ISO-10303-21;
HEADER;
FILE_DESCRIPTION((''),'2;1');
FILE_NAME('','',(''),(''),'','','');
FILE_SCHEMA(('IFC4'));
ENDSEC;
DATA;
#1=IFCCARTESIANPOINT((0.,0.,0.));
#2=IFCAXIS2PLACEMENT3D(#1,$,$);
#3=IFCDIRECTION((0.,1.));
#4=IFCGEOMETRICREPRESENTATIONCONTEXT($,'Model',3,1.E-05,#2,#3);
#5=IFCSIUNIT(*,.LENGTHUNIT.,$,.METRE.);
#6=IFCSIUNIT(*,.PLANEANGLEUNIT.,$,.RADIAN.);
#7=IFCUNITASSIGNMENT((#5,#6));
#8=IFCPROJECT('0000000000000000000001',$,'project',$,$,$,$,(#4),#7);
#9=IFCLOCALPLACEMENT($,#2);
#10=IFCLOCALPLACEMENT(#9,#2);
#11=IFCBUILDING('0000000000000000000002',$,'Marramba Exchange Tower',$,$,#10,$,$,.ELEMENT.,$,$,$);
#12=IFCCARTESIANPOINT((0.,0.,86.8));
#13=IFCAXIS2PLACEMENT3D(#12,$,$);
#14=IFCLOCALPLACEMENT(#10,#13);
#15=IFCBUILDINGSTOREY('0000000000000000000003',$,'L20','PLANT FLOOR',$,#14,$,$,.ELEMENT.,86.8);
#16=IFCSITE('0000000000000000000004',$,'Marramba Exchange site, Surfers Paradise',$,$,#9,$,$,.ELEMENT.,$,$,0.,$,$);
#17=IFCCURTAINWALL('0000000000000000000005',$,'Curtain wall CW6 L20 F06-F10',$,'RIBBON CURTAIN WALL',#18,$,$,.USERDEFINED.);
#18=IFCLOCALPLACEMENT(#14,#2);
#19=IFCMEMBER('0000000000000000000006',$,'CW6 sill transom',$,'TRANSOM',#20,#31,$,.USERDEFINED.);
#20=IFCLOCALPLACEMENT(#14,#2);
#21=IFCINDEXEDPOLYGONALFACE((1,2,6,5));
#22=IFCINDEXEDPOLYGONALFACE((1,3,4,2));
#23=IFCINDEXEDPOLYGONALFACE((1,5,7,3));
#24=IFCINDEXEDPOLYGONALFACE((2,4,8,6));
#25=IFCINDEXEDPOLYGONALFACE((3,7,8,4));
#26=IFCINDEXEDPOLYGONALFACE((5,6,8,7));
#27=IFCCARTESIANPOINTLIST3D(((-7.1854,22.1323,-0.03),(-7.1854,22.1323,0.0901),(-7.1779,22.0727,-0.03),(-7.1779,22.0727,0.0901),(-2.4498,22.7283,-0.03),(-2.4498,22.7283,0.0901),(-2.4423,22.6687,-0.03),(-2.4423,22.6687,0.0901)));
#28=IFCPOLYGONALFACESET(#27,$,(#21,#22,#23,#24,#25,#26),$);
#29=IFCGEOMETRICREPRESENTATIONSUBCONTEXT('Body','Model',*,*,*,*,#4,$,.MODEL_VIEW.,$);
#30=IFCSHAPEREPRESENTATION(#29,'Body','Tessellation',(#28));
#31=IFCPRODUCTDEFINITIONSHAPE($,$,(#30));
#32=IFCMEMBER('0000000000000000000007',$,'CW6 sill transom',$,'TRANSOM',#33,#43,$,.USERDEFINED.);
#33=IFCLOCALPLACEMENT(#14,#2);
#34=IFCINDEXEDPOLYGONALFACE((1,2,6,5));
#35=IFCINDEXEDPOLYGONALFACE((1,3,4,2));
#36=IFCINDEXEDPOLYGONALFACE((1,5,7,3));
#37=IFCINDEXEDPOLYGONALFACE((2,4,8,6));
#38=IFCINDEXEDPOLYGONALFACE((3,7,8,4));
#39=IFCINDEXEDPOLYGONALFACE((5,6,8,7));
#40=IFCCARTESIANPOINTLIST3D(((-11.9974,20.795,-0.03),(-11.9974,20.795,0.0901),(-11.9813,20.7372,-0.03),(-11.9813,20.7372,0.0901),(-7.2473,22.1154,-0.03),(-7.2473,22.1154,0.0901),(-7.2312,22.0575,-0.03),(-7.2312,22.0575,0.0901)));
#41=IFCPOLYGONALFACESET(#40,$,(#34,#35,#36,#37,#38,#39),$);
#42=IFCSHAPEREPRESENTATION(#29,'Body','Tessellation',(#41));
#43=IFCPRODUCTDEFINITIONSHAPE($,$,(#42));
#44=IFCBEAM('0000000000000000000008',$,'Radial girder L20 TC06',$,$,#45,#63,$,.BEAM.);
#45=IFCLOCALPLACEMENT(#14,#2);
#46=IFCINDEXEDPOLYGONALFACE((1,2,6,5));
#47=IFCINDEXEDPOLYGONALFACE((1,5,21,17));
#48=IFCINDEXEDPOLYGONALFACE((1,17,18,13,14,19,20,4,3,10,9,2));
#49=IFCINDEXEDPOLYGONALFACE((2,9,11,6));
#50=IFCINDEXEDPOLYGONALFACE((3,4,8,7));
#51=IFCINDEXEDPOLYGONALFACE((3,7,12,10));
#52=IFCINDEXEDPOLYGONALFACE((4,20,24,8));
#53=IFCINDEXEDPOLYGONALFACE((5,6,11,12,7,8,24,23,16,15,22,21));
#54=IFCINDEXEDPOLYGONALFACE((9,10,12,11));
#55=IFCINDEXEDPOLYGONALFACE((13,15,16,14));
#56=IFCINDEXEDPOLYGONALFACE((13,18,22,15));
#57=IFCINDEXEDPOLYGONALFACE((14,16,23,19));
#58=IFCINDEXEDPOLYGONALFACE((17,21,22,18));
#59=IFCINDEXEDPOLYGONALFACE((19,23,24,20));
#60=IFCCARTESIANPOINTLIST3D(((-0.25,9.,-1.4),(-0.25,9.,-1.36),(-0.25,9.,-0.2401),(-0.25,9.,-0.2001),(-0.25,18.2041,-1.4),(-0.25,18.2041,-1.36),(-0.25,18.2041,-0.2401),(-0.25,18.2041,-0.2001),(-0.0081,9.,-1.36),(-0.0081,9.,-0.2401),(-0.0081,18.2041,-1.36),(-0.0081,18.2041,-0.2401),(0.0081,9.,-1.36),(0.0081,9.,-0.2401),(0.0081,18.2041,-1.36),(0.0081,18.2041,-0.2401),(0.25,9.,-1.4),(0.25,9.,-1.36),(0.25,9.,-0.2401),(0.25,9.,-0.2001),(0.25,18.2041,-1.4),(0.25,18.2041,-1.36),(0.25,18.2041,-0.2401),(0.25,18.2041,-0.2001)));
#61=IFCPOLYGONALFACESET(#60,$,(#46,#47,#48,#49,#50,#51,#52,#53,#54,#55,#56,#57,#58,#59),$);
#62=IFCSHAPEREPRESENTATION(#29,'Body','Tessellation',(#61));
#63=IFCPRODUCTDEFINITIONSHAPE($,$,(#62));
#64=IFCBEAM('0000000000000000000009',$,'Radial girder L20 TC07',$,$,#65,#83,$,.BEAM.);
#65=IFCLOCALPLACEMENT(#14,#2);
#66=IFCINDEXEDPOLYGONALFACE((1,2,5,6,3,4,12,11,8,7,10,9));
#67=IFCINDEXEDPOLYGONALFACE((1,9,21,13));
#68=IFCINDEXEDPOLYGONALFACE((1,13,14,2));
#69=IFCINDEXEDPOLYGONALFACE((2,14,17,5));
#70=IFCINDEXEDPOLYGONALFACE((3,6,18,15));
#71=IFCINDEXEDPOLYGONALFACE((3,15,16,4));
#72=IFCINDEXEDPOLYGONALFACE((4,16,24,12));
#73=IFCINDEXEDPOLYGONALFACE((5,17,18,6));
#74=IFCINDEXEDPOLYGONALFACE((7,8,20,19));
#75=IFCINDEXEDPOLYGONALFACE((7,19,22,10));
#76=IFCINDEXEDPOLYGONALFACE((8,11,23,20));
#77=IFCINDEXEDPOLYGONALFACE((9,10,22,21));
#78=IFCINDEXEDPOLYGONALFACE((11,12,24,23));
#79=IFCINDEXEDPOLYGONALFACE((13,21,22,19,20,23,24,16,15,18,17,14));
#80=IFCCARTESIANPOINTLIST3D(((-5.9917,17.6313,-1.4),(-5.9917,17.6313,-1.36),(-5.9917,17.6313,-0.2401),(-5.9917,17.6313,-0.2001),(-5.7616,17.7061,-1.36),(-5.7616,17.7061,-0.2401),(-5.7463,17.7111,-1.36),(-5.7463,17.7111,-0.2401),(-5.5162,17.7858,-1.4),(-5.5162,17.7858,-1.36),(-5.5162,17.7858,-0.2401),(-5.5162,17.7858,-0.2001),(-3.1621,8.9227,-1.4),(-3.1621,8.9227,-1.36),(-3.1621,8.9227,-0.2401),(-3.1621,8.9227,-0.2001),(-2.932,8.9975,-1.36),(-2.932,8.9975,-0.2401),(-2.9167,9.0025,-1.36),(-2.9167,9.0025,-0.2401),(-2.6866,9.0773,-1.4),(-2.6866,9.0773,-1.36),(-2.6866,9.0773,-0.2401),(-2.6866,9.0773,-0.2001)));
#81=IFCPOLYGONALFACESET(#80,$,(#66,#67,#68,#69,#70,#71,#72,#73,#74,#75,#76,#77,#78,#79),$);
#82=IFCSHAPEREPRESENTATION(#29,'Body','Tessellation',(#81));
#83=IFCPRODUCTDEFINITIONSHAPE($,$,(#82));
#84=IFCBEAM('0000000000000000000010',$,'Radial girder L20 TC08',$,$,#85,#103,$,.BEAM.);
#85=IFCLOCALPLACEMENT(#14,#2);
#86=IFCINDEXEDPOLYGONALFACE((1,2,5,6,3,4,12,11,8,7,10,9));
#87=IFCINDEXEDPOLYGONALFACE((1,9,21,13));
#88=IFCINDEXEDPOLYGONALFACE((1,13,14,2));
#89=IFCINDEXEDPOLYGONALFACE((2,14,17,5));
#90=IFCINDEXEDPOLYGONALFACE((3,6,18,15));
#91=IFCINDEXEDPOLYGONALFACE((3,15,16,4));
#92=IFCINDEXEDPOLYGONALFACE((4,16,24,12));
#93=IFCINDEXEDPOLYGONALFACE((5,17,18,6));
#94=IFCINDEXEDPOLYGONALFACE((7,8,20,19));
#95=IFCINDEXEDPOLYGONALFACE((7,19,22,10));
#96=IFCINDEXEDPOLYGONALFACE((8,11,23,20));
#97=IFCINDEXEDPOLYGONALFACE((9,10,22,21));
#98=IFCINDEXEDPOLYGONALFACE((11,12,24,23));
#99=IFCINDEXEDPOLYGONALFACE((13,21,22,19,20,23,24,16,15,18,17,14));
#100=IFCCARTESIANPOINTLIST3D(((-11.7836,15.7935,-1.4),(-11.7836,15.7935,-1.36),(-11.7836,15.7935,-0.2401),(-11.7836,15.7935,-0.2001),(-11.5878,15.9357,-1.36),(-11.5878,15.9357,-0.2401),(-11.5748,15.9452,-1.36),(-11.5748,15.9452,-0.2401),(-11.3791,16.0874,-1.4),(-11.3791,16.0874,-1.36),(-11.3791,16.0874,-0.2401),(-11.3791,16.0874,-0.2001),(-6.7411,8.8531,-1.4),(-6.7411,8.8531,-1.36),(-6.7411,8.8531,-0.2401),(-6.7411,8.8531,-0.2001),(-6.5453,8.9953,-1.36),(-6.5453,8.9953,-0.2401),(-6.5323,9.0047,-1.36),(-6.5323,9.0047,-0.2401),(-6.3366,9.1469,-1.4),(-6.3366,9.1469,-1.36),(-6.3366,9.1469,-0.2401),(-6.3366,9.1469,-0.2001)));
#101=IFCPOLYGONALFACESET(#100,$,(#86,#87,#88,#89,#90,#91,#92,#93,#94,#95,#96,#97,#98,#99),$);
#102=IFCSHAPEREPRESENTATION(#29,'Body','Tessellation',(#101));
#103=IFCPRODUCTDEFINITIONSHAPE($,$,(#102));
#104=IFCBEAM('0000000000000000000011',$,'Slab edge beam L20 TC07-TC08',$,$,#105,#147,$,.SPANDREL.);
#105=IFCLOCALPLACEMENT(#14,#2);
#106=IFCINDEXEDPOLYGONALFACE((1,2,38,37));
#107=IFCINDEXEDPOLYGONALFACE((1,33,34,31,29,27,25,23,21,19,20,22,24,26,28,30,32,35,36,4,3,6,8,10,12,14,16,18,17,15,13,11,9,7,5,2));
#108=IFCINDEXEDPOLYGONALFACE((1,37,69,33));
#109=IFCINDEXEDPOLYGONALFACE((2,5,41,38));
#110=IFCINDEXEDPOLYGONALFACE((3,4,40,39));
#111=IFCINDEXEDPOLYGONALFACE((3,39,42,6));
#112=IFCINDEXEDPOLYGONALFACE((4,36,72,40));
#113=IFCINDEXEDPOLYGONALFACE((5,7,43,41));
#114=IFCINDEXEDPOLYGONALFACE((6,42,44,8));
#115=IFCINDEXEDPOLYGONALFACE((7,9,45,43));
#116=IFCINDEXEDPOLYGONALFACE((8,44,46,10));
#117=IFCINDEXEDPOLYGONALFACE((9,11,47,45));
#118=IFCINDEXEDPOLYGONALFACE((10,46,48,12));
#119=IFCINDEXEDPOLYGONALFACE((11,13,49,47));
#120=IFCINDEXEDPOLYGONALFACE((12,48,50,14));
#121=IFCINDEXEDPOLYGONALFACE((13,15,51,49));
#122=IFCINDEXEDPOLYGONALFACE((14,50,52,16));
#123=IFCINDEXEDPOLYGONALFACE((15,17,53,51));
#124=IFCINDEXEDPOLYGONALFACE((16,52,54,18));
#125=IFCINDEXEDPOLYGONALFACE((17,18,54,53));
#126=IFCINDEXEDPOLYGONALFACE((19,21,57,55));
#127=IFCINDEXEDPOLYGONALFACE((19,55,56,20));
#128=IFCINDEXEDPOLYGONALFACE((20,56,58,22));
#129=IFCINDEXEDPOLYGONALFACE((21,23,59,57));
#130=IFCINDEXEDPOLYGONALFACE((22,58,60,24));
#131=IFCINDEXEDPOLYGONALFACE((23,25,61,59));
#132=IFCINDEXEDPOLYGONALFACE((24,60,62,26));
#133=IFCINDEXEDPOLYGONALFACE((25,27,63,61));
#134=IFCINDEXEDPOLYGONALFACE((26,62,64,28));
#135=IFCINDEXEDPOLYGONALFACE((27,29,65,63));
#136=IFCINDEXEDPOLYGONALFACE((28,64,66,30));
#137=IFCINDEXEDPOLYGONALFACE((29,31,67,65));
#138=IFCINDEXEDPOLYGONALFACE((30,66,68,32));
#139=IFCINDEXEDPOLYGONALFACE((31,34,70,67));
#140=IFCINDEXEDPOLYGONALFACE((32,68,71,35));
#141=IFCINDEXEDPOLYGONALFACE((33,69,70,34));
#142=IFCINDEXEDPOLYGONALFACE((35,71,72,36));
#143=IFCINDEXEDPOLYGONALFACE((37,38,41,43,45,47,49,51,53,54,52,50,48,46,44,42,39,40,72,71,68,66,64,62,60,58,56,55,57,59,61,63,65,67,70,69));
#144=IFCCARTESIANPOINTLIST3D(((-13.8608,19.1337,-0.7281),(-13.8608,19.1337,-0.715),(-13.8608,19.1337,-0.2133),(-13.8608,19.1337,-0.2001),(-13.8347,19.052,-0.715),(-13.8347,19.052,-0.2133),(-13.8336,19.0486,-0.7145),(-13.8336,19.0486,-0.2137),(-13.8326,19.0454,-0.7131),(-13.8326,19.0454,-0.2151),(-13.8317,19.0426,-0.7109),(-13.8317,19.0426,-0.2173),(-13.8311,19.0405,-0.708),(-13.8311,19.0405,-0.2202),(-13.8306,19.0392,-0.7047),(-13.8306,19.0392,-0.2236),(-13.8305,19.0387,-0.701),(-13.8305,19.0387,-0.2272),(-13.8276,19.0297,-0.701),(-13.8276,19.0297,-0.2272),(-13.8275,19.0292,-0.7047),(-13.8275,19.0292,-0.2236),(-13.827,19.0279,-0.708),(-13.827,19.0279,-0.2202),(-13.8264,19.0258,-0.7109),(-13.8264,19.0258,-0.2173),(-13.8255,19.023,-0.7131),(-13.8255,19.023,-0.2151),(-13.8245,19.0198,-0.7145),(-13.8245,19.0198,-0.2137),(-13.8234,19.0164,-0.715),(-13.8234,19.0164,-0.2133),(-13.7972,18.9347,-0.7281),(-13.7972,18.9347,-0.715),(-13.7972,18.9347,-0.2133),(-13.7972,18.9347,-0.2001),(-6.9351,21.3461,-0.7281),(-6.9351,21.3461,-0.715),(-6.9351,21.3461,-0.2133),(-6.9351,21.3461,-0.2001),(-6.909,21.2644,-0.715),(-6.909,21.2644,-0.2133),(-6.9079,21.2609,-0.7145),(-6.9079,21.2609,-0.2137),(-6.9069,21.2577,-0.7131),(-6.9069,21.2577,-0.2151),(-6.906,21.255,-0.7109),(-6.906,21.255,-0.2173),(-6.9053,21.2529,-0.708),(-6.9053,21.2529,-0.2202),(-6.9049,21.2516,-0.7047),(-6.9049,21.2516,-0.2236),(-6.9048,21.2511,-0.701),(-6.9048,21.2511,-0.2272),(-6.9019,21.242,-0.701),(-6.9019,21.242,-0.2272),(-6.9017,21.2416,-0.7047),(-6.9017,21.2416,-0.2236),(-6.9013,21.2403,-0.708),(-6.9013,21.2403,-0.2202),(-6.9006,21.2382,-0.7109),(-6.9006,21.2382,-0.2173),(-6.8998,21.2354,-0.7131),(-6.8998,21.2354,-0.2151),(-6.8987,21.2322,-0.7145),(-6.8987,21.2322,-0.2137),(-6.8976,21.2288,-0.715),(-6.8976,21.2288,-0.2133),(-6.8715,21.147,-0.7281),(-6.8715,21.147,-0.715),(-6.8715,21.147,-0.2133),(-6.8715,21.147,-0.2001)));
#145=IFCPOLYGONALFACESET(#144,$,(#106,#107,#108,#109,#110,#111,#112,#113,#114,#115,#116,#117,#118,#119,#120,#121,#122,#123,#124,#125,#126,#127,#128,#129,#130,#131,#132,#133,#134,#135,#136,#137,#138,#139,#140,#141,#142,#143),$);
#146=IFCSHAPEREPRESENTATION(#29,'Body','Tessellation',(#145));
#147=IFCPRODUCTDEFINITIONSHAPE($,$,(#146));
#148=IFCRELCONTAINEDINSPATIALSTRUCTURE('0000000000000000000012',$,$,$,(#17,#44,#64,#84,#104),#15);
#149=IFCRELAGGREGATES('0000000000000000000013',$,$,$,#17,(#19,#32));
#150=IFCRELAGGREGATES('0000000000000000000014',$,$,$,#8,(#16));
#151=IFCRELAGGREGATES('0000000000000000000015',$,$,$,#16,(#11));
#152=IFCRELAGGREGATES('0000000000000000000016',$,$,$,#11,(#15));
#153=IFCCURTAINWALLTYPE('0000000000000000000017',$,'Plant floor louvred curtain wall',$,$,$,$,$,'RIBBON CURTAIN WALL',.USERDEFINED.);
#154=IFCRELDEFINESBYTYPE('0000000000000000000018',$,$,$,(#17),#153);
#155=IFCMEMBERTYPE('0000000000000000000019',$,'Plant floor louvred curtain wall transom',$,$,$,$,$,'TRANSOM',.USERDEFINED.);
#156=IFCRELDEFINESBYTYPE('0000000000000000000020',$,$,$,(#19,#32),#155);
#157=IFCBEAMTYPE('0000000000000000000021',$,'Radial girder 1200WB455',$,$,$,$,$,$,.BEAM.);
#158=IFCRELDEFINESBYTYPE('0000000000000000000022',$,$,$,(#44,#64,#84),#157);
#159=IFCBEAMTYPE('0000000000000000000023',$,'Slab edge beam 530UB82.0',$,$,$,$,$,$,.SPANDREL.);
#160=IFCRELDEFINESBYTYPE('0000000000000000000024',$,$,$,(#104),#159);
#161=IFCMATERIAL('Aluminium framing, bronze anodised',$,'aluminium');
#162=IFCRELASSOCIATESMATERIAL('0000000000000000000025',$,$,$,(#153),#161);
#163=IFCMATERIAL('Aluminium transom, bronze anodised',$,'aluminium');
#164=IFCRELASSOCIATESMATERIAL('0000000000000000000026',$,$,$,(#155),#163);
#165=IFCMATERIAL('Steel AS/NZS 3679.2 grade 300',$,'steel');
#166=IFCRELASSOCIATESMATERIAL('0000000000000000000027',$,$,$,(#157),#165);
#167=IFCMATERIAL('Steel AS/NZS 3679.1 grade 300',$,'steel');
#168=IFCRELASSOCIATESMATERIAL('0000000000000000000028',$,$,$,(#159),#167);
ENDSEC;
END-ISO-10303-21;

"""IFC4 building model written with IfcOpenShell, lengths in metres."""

from ifc_helpers import new_model, si_unit, direction, frame, origin, origin_2d, place, context, subcontext, project, spatial, rectangle, i_section, extrude, material, material_profile, profile_set, type_object, element, aggregate, save


model = new_model("IFC4")

# Units and contexts
model_context = context("Model", 3, precision=1e-05, world=origin(), true_north=direction((0.0, 1.0)))
body_context = subcontext(model_context, "Body", "Model", "MODEL_VIEW")
ifc_project = project(units=[si_unit("LENGTHUNIT", "METRE"), si_unit("PLANEANGLEUNIT", "RADIAN")], contexts=[model_context])

# Site, building, storey
site_placement = place(None, origin())
site = spatial("IfcSite", under=ifc_project, at=site_placement, Name="Marramba Exchange site, Surfers Paradise", CompositionType="ELEMENT", RefElevation=0.0)
building_placement = place(site_placement, origin())
building = spatial("IfcBuilding", under=site, at=building_placement, Name="Marramba Exchange Tower", CompositionType="ELEMENT")
storey_placement = place(building_placement, frame((0.0, 0.0, 86.8)))
storey = spatial("IfcBuildingStorey", under=building, at=storey_placement, Name="L20", Description="PLANT FLOOR", CompositionType="ELEMENT", Elevation=86.8)

# Shared definitions
ifc_material_1 = material(Name="Steel AS/NZS 3679.2 grade 300", Category="steel")

# Shared definitions
ifc_material_2 = material(Name="Steel AS/NZS 3679.1 grade 300", Category="steel")

# Curtain wall, members
ifc_material_3 = material(Name="Aluminium framing, bronze anodised", Category="aluminium")
curtain_wall_type = type_object("IfcCurtainWallType", Name="Plant floor louvred curtain wall", ElementType="RIBBON CURTAIN WALL", PredefinedType="USERDEFINED", material=ifc_material_3)
curtain_wall_placement = place(storey_placement, origin())
curtain_wall = element("IfcCurtainWall", 1, at=curtain_wall_placement, inside=storey, type_object=curtain_wall_type, Name="Curtain wall CW6 L20 F06-F10", ObjectType="RIBBON CURTAIN WALL", PredefinedType="USERDEFINED")
ifc_material_4 = material(Name="Aluminium transom, bronze anodised", Category="aluminium")
ifc_material_profile_1 = material_profile(ifc_material_4, rectangle(XDim=0.0601, YDim=0.1201, at=origin_2d()), Name="CW6 transom 60x120")
ifc_profile_set_1 = profile_set([ifc_material_profile_1], Name="Aluminium transom, bronze anodised")
member_type_1 = type_object("IfcMemberType", Name="Plant floor louvred curtain wall transom", ElementType="TRANSOM", PredefinedType="USERDEFINED", material=ifc_profile_set_1)
member_1_placement = place(storey_placement, frame((-2.446, 22.6985, 0.03), z_axis=(-0.992174, -0.124859, 0.0), x_axis=(0.124859, -0.992174, 0.0)))
member_1 = element("IfcMember", 2, at=member_1_placement, type_object=member_type_1, Name="CW6 sill transom", ObjectType="TRANSOM", PredefinedType="USERDEFINED", context=body_context, shape_type="SweptSolid", body=[
    extrude(rectangle(XDim=0.0601, YDim=0.1201, at=origin_2d()), origin(), (0.0, 0.0, 1.0), 4.7729),
])
member_2_placement = place(storey_placement, frame((-7.2393, 22.0864, 0.03), z_axis=(-0.963472, -0.267807, 0.0), x_axis=(0.267807, -0.963472, 0.0)))
member_2 = element("IfcMember", 3, at=member_2_placement, type_object=member_type_1, Name="CW6 sill transom", ObjectType="TRANSOM", PredefinedType="USERDEFINED", context=body_context, shape_type="SweptSolid", body=[
    extrude(rectangle(XDim=0.0601, YDim=0.1201, at=origin_2d()), origin(), (0.0, 0.0, 1.0), 4.9302),
])

# Beams
ifc_material_profile_2 = material_profile(ifc_material_1, i_section(OverallWidth=0.5, OverallDepth=1.2, WebThickness=0.0161, FlangeThickness=0.04, at=origin_2d()), Name="1200WB455")
ifc_profile_set_2 = profile_set([ifc_material_profile_2], Name="Steel AS/NZS 3679.2 grade 300")
beam_type_1 = type_object("IfcBeamType", Name="Radial girder 1200WB455", PredefinedType="BEAM", material=ifc_profile_set_2)
beam_1_placement = place(storey_placement, frame((0.0, 9.0, -0.8), z_axis=(0.0, 1.0, 0.0), x_axis=(-1.0, 0.0, 0.0)))
element("IfcBeam", 4, at=beam_1_placement, inside=storey, type_object=beam_type_1, Name="Radial girder L20 TC06", PredefinedType="BEAM", context=body_context, shape_type="SweptSolid", body=[
    extrude(i_section(OverallWidth=0.5, OverallDepth=1.2, WebThickness=0.0161, FlangeThickness=0.04, at=origin_2d()), origin(), (0.0, 0.0, 1.0), 9.2041),
])
beam_2_placement = place(storey_placement, frame((-2.9243, 9.0, -0.8), z_axis=(-0.30902, 0.951056, 0.0), x_axis=(-0.951056, -0.30902, 0.0)))
element("IfcBeam", 5, at=beam_2_placement, inside=storey, type_object=beam_type_1, Name="Radial girder L20 TC07", PredefinedType="BEAM", context=body_context, shape_type="SweptSolid", body=[
    extrude(i_section(OverallWidth=0.5, OverallDepth=1.2, WebThickness=0.0161, FlangeThickness=0.04, at=origin_2d()), origin(), (0.0, 0.0, 1.0), 9.1567),
])
beam_3_placement = place(storey_placement, frame((-6.5388, 9.0, -0.8), z_axis=(-0.587782, 0.809019, 0.0), x_axis=(-0.809019, -0.587782, 0.0)))
element("IfcBeam", 6, at=beam_3_placement, inside=storey, type_object=beam_type_1, Name="Radial girder L20 TC08", PredefinedType="BEAM", context=body_context, shape_type="SweptSolid", body=[
    extrude(i_section(OverallWidth=0.5, OverallDepth=1.2, WebThickness=0.0161, FlangeThickness=0.04, at=origin_2d()), origin(), (0.0, 0.0, 1.0), 8.5789),
])
ifc_material_profile_3 = material_profile(ifc_material_2, i_section(OverallWidth=0.209, OverallDepth=0.5281, WebThickness=0.0095, FlangeThickness=0.0132, FilletRadius=0.0139, at=origin_2d()), Name="530UB82.0")
ifc_profile_set_3 = profile_set([ifc_material_profile_3], Name="Steel AS/NZS 3679.1 grade 300")
beam_type_2 = type_object("IfcBeamType", Name="Slab edge beam 530UB82.0", PredefinedType="SPANDREL", material=ifc_profile_set_3)
beam_4_placement = place(storey_placement, frame((-6.9033, 21.2466, -0.4641), z_axis=(-0.952578, -0.304296, 0.0), x_axis=(0.304296, -0.952578, 0.0)))
element("IfcBeam", 7, at=beam_4_placement, inside=storey, type_object=beam_type_2, Name="Slab edge beam L20 TC07-TC08", PredefinedType="SPANDREL", context=body_context, shape_type="SweptSolid", body=[
    extrude(i_section(OverallWidth=0.209, OverallDepth=0.5281, WebThickness=0.0095, FlangeThickness=0.0132, FilletRadius=0.0139, at=origin_2d()), origin(), (0.0, 0.0, 1.0), 7.2705),
])

aggregate(curtain_wall, [member_1, member_2])

save(model, "model.ifc")
